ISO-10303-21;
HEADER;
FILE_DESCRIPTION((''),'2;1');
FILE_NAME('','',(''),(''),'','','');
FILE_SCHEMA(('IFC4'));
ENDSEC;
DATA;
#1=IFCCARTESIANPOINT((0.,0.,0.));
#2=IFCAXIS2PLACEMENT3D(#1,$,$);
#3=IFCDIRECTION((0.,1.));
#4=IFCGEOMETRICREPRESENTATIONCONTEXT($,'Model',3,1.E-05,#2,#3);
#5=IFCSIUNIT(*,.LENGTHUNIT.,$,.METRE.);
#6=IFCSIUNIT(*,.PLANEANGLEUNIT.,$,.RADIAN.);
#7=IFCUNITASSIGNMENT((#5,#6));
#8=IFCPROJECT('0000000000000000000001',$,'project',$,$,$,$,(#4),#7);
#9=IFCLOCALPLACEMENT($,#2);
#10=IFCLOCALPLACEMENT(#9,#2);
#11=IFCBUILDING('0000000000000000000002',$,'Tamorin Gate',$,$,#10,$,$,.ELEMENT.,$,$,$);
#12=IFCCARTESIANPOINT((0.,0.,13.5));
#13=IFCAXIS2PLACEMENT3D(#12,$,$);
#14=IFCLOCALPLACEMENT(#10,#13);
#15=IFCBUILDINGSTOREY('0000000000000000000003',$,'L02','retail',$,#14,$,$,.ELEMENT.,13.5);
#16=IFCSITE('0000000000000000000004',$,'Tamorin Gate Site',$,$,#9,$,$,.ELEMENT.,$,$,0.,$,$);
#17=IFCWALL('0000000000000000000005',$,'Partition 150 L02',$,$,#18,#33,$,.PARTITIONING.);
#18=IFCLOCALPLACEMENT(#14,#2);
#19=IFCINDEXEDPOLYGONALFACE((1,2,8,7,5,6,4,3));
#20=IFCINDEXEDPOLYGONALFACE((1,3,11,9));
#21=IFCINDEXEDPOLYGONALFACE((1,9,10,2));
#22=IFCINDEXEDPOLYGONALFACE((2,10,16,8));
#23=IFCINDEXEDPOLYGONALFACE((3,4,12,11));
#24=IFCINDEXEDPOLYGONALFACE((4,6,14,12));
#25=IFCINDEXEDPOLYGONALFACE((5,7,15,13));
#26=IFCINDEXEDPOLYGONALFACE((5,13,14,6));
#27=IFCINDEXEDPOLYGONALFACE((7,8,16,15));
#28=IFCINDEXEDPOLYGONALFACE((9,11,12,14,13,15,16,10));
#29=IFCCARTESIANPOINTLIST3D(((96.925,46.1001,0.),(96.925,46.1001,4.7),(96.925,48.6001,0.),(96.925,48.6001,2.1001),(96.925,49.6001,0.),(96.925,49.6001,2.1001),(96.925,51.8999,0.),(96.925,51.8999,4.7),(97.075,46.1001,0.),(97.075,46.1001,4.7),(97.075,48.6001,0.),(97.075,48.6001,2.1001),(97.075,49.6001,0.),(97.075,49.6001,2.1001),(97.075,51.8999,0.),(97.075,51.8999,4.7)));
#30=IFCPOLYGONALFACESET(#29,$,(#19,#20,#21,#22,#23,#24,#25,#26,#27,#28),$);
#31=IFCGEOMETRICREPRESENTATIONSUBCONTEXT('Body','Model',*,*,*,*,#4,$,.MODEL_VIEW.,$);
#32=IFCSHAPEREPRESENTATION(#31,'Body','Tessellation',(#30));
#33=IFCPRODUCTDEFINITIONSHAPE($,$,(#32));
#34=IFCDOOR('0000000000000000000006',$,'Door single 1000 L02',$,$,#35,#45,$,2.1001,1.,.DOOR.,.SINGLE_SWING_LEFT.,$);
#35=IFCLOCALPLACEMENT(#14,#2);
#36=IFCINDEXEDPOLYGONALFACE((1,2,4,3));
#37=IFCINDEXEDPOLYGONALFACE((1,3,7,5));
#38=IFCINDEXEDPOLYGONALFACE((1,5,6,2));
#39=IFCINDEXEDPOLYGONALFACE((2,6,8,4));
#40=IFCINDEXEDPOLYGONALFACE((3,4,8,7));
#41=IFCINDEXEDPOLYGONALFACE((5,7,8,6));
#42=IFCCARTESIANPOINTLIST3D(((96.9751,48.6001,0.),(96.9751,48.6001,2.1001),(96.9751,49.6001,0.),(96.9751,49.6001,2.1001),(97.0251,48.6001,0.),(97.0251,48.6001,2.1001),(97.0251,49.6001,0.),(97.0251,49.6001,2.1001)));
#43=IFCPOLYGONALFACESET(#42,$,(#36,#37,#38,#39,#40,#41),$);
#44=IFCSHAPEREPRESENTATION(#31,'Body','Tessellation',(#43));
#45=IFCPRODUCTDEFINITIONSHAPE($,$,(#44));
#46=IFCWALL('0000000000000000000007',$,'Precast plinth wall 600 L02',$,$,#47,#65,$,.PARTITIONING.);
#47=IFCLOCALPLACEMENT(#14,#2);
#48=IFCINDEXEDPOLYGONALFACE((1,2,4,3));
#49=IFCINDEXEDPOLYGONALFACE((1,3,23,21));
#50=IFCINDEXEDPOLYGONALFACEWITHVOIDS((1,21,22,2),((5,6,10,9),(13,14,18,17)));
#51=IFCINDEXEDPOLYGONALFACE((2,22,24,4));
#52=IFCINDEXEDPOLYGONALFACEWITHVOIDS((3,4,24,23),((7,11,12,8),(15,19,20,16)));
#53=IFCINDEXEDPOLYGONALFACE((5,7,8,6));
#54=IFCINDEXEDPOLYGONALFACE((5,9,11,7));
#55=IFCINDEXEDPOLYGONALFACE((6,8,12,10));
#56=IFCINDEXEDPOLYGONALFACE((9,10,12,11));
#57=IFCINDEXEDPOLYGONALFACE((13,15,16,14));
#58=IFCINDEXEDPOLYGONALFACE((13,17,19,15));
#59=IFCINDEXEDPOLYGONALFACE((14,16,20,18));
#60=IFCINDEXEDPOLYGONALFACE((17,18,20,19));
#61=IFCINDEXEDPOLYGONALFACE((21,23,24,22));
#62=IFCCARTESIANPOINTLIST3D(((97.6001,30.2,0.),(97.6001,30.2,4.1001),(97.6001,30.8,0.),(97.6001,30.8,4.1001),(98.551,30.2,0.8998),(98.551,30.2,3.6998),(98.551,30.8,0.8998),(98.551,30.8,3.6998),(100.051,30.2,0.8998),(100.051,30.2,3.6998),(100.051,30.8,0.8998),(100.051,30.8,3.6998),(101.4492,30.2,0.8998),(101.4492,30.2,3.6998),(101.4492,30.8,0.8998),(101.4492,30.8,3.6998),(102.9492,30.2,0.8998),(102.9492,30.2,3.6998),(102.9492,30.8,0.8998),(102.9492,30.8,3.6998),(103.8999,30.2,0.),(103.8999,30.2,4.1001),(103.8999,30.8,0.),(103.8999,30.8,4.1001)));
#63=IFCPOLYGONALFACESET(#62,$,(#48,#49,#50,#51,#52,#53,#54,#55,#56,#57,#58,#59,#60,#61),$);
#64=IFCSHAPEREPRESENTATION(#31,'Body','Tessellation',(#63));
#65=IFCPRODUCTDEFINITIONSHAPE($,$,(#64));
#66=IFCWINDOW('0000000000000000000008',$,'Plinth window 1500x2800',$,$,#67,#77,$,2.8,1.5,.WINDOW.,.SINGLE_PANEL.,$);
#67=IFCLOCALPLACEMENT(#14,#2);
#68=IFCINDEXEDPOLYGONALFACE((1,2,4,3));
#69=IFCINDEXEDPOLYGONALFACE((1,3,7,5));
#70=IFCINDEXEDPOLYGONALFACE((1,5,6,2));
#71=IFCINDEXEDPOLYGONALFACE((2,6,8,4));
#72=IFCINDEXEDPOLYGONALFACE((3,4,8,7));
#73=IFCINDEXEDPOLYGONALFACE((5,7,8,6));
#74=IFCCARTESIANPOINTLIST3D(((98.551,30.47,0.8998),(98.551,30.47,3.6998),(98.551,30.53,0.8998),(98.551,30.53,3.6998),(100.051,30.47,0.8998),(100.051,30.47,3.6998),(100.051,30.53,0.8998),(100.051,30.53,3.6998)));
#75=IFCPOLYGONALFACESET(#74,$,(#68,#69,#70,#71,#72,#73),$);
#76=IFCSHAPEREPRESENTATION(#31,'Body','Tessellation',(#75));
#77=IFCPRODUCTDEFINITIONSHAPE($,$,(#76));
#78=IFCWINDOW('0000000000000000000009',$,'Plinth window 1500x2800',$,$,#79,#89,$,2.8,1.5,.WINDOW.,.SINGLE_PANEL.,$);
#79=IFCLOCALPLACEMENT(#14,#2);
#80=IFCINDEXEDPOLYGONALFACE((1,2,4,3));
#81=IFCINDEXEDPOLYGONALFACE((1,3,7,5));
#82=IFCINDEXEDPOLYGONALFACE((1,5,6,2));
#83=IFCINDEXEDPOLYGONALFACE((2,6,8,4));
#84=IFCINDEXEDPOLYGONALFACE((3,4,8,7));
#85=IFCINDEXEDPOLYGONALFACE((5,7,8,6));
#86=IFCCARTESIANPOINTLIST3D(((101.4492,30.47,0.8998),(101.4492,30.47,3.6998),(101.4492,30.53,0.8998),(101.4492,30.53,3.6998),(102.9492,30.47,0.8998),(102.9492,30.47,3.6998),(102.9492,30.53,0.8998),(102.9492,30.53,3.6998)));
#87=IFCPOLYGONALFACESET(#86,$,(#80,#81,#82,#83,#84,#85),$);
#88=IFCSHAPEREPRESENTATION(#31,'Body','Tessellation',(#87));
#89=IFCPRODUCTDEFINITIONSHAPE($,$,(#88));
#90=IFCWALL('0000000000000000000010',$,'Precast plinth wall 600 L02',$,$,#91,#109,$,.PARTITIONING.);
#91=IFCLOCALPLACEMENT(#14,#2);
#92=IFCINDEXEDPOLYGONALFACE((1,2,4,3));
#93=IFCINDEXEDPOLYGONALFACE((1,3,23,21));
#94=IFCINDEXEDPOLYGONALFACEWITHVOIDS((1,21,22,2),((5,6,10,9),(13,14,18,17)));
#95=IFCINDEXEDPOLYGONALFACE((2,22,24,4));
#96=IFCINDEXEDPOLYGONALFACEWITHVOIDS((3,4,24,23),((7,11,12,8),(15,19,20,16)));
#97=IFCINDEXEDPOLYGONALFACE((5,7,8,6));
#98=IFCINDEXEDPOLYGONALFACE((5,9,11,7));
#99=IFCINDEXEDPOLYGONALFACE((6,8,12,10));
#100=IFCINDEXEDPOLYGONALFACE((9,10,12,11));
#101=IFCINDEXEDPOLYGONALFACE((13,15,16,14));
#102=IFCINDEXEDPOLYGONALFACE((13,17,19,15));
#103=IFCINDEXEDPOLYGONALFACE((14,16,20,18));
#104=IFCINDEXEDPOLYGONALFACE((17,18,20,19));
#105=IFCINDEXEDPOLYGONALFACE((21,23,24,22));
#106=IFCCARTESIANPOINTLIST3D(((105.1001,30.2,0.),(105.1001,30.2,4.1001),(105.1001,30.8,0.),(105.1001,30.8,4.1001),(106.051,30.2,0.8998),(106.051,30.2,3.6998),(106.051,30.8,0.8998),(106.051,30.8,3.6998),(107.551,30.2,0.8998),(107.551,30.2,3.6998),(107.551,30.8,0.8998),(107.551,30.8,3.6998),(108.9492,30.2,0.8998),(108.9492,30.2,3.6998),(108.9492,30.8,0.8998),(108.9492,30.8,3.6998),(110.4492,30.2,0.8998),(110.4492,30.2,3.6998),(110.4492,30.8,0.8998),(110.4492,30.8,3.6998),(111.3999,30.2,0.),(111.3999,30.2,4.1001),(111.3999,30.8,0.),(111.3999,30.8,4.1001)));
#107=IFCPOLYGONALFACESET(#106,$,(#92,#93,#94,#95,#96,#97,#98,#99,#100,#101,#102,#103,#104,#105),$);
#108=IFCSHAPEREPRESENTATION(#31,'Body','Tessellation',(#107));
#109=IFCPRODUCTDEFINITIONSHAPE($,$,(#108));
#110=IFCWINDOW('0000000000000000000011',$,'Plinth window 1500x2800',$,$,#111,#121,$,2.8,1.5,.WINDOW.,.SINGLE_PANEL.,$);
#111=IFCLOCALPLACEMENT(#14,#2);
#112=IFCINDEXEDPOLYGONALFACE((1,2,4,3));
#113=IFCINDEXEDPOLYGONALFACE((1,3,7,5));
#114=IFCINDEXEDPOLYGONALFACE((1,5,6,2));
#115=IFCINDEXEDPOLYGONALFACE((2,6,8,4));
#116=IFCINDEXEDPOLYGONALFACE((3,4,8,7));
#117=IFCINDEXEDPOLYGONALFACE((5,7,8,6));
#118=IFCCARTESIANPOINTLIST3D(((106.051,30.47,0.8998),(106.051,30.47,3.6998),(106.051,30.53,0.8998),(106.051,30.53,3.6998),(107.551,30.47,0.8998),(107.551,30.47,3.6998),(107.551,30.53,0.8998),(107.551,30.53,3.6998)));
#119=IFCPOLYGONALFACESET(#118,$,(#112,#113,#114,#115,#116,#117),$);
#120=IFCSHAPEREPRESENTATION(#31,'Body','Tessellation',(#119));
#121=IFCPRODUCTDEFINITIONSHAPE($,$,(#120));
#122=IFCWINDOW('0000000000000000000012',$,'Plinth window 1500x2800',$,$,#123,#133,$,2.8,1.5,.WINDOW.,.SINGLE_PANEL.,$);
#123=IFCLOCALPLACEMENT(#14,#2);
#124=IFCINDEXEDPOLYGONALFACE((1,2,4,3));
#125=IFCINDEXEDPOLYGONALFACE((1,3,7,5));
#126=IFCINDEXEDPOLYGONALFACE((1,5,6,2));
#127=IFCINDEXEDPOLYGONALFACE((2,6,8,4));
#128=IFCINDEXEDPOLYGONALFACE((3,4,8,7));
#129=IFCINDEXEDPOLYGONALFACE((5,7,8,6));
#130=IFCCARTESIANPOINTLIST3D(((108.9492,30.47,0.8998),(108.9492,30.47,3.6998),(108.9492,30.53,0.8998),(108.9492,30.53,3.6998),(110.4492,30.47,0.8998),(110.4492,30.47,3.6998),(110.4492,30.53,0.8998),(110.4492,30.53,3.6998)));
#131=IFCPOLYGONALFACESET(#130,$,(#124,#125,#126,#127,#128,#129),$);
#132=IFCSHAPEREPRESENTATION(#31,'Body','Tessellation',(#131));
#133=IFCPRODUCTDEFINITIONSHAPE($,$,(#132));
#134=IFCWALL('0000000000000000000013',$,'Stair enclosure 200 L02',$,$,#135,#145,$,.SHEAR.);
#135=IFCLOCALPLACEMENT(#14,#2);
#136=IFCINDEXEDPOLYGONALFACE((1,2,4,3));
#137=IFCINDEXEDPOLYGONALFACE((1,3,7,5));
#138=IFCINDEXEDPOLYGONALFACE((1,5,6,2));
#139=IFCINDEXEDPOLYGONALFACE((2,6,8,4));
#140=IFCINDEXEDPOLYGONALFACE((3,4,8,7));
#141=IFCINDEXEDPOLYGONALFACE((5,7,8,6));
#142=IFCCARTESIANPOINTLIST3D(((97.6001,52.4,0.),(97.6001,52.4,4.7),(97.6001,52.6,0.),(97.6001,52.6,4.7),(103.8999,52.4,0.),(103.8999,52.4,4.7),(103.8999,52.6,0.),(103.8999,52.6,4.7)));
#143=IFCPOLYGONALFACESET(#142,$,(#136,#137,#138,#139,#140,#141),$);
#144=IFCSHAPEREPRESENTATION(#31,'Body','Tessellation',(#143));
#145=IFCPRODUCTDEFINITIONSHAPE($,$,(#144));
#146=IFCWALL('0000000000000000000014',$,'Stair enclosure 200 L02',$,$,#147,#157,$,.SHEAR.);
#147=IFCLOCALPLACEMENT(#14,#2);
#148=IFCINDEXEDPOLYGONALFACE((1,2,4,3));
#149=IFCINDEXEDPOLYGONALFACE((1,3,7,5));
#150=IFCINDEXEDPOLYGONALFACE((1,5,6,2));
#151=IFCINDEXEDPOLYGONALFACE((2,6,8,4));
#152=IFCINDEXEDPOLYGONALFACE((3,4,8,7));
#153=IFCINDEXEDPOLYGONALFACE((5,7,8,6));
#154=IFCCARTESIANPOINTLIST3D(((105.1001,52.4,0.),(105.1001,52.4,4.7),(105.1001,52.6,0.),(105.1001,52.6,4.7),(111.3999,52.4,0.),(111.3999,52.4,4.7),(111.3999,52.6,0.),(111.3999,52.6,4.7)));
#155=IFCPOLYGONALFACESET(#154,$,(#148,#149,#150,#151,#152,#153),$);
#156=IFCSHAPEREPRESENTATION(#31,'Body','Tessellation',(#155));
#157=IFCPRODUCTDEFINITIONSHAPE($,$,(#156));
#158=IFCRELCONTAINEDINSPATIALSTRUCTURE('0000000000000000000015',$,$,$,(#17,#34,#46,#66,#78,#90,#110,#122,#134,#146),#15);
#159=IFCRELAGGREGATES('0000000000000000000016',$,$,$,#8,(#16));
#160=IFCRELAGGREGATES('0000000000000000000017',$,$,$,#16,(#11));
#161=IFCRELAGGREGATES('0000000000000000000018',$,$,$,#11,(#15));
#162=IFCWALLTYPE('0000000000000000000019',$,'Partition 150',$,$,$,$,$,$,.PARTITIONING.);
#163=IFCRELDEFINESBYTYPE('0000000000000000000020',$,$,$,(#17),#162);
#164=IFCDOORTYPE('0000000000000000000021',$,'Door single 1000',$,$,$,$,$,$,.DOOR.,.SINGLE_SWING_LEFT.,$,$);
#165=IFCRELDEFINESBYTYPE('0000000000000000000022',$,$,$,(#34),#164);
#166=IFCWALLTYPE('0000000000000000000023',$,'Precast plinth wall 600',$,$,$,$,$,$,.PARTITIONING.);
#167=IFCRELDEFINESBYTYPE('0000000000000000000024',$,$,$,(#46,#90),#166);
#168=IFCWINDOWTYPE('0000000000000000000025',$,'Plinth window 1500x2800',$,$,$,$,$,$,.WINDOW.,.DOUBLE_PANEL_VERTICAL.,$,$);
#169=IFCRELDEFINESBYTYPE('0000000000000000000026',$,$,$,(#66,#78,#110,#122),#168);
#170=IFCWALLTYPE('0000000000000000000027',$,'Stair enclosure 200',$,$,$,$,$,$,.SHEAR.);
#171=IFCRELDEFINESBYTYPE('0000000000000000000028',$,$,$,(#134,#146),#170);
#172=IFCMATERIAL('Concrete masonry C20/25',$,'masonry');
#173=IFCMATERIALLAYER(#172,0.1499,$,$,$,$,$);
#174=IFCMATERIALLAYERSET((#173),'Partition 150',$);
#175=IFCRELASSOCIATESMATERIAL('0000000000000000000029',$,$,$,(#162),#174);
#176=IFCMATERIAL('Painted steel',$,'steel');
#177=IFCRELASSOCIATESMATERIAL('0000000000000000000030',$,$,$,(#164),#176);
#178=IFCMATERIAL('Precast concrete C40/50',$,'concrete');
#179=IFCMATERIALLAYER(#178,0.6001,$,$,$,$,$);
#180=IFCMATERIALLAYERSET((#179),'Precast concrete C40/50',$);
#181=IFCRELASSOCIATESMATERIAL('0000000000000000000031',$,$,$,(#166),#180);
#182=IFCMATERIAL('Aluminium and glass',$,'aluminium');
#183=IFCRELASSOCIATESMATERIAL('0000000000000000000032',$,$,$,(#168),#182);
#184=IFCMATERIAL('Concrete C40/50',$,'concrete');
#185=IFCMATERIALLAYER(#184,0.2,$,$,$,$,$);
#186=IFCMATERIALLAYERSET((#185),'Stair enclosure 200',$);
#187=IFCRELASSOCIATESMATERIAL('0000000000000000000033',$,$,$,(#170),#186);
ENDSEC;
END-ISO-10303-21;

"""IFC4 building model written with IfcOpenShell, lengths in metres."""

from ifc_helpers import new_model, si_unit, direction, frame, frame_2d, origin, place, context, subcontext, project, spatial, rectangle, extrude, material, layer, layer_set, type_object, element, fill, save


model = new_model("IFC4")

# Units and contexts
model_context = context("Model", 3, precision=1e-05, world=origin(), true_north=direction((0.0, 1.0)))
body_context = subcontext(model_context, "Body", "Model", "MODEL_VIEW")
ifc_project = project(units=[si_unit("LENGTHUNIT", "METRE"), si_unit("PLANEANGLEUNIT", "RADIAN")], contexts=[model_context])

# Site, building, storey
site_placement = place(None, origin())
site = spatial("IfcSite", under=ifc_project, at=site_placement, Name="Tamorin Gate Site", CompositionType="ELEMENT", RefElevation=0.0)
building_placement = place(site_placement, origin())
building = spatial("IfcBuilding", under=site, at=building_placement, Name="Tamorin Gate", CompositionType="ELEMENT")
storey_placement = place(building_placement, frame((0.0, 0.0, 13.5)))
storey = spatial("IfcBuildingStorey", under=building, at=storey_placement, Name="L02", Description="retail", CompositionType="ELEMENT", Elevation=13.5)

# Shared definitions
ifc_material_1 = material(Name="Concrete masonry C20/25", Category="masonry")
ifc_layer_1 = layer(ifc_material_1, 0.1499)
ifc_layer_set_1 = layer_set([ifc_layer_1], Name="Partition 150")
wall_type_1 = type_object("IfcWallType", Name="Partition 150", PredefinedType="PARTITIONING", material=ifc_layer_set_1)

# Wall, opening, door
wall_1_placement = place(storey_placement, frame((97.0, 46.1001, 0.0), z_axis=(0.0, 0.0, 1.0), x_axis=(0.0, 1.0, 0.0)))
wall_1 = element("IfcWall", 1, at=wall_1_placement, inside=storey, type_object=wall_type_1, Name="Partition 150 L02", PredefinedType="PARTITIONING", context=body_context, shape_type="SweptSolid", body=[
    extrude(rectangle(XDim=5.7998, YDim=0.1499, at=frame_2d((2.8999, 0.0))), origin(), (0.0, 0.0, 1.0), 4.7),
])
opening_1_placement = place(wall_1_placement, frame((2.5, 0.0, 0.0)))
opening_1 = element("IfcOpeningElement", 2, at=opening_1_placement, cuts=wall_1, PredefinedType="OPENING", context=body_context, shape_type="SweptSolid", body=[
    extrude(rectangle(XDim=1.0, YDim=2.1001, at=frame_2d((0.5, 1.05))), frame((0.0, 0.085, 0.0), z_axis=(0.0, -1.0, 0.0), x_axis=(1.0, 0.0, 0.0)), (0.0, 0.0, 1.0), 0.1699),
])
ifc_material_2 = material(Name="Painted steel", Category="steel")
door_type_1 = type_object("IfcDoorType", Name="Door single 1000", OperationType="SINGLE_SWING_LEFT", PredefinedType="DOOR", material=ifc_material_2)
door_1_placement = place(opening_1_placement, origin())
door_1 = element("IfcDoor", 3, at=door_1_placement, inside=storey, type_object=door_type_1, Name="Door single 1000 L02", OperationType="SINGLE_SWING_LEFT", OverallHeight=2.1001, OverallWidth=1.0, PredefinedType="DOOR", context=body_context, shape_type="SweptSolid", body=[
    extrude(rectangle(XDim=1.0, YDim=2.1001, at=frame_2d((0.5, 1.05))), frame((0.0, 0.0249, 0.0), z_axis=(0.0, -1.0, 0.0), x_axis=(1.0, 0.0, 0.0)), (0.0, 0.0, 1.0), 0.05),
])
fill(opening_1, door_1)

# Walls, openings, windows
ifc_material_3 = material(Name="Precast concrete C40/50", Category="concrete")
ifc_layer_2 = layer(ifc_material_3, 0.6001)
ifc_layer_set_2 = layer_set([ifc_layer_2], Name="Precast concrete C40/50")
wall_type_2 = type_object("IfcWallType", Name="Precast plinth wall 600", PredefinedType="PARTITIONING", material=ifc_layer_set_2)
wall_2_placement = place(storey_placement, frame((97.6001, 30.5, 0.0), z_axis=(0.0, 0.0, 1.0), x_axis=(1.0, 0.0, 0.0)))
wall_2 = element("IfcWall", 4, at=wall_2_placement, inside=storey, type_object=wall_type_2, Name="Precast plinth wall 600 L02", PredefinedType="PARTITIONING", context=body_context, shape_type="SweptSolid", body=[
    extrude(rectangle(XDim=6.2998, YDim=0.6001, at=frame_2d((3.1499, 0.0))), origin(), (0.0, 0.0, 1.0), 4.1001),
])
opening_2_placement = place(wall_2_placement, frame((0.9509, 0.0, 0.8999)))
opening_2 = element("IfcOpeningElement", 5, at=opening_2_placement, cuts=wall_2, PredefinedType="OPENING", context=body_context, shape_type="SweptSolid", body=[
    extrude(rectangle(XDim=1.5, YDim=2.8, at=frame_2d((0.75, 1.3999))), frame((0.0, 0.3101, 0.0), z_axis=(0.0, -1.0, 0.0), x_axis=(1.0, 0.0, 0.0)), (0.0, 0.0, 1.0), 0.6201),
])
opening_3_placement = place(wall_2_placement, frame((3.8491, 0.0, 0.8999)))
opening_3 = element("IfcOpeningElement", 6, at=opening_3_placement, cuts=wall_2, PredefinedType="OPENING", context=body_context, shape_type="SweptSolid", body=[
    extrude(rectangle(XDim=1.5, YDim=2.8, at=frame_2d((0.75, 1.3999))), frame((0.0, 0.3101, 0.0), z_axis=(0.0, -1.0, 0.0), x_axis=(1.0, 0.0, 0.0)), (0.0, 0.0, 1.0), 0.6201),
])
ifc_material_4 = material(Name="Aluminium and glass", Category="aluminium")
window_type = type_object("IfcWindowType", Name="Plinth window 1500x2800", PartitioningType="DOUBLE_PANEL_VERTICAL", PredefinedType="WINDOW", material=ifc_material_4)
window_1_placement = place(opening_2_placement, origin())
window_1 = element("IfcWindow", 7, at=window_1_placement, inside=storey, type_object=window_type, Name="Plinth window 1500x2800", OverallHeight=2.8, OverallWidth=1.5, PartitioningType="SINGLE_PANEL", PredefinedType="WINDOW", context=body_context, shape_type="SweptSolid", body=[
    extrude(rectangle(XDim=1.5, YDim=2.8, at=frame_2d((0.75, 1.3999))), frame((0.0, 0.03, 0.0), z_axis=(0.0, -1.0, 0.0), x_axis=(1.0, 0.0, 0.0)), (0.0, 0.0, 1.0), 0.0601),
])
fill(opening_2, window_1)
window_2_placement = place(opening_3_placement, origin())
window_2 = element("IfcWindow", 8, at=window_2_placement, inside=storey, type_object=window_type, Name="Plinth window 1500x2800", OverallHeight=2.8, OverallWidth=1.5, PartitioningType="SINGLE_PANEL", PredefinedType="WINDOW", context=body_context, shape_type="SweptSolid", body=[
    extrude(rectangle(XDim=1.5, YDim=2.8, at=frame_2d((0.75, 1.3999))), frame((0.0, 0.03, 0.0), z_axis=(0.0, -1.0, 0.0), x_axis=(1.0, 0.0, 0.0)), (0.0, 0.0, 1.0), 0.0601),
])
fill(opening_3, window_2)
wall_3_placement = place(storey_placement, frame((105.1001, 30.5, 0.0), z_axis=(0.0, 0.0, 1.0), x_axis=(1.0, 0.0, 0.0)))
wall_3 = element("IfcWall", 9, at=wall_3_placement, inside=storey, type_object=wall_type_2, Name="Precast plinth wall 600 L02", PredefinedType="PARTITIONING", context=body_context, shape_type="SweptSolid", body=[
    extrude(rectangle(XDim=6.2998, YDim=0.6001, at=frame_2d((3.1499, 0.0))), origin(), (0.0, 0.0, 1.0), 4.1001),
])
opening_4_placement = place(wall_3_placement, frame((0.9509, 0.0, 0.8999)))
opening_4 = element("IfcOpeningElement", 10, at=opening_4_placement, cuts=wall_3, PredefinedType="OPENING", context=body_context, shape_type="SweptSolid", body=[
    extrude(rectangle(XDim=1.5, YDim=2.8, at=frame_2d((0.75, 1.3999))), frame((0.0, 0.3101, 0.0), z_axis=(0.0, -1.0, 0.0), x_axis=(1.0, 0.0, 0.0)), (0.0, 0.0, 1.0), 0.6201),
])
opening_5_placement = place(wall_3_placement, frame((3.8491, 0.0, 0.8999)))
opening_5 = element("IfcOpeningElement", 11, at=opening_5_placement, cuts=wall_3, PredefinedType="OPENING", context=body_context, shape_type="SweptSolid", body=[
    extrude(rectangle(XDim=1.5, YDim=2.8, at=frame_2d((0.75, 1.3999))), frame((0.0, 0.3101, 0.0), z_axis=(0.0, -1.0, 0.0), x_axis=(1.0, 0.0, 0.0)), (0.0, 0.0, 1.0), 0.6201),
])
window_3_placement = place(opening_4_placement, origin())
window_3 = element("IfcWindow", 12, at=window_3_placement, inside=storey, type_object=window_type, Name="Plinth window 1500x2800", OverallHeight=2.8, OverallWidth=1.5, PartitioningType="SINGLE_PANEL", PredefinedType="WINDOW", context=body_context, shape_type="SweptSolid", body=[
    extrude(rectangle(XDim=1.5, YDim=2.8, at=frame_2d((0.75, 1.3999))), frame((0.0, 0.03, 0.0), z_axis=(0.0, -1.0, 0.0), x_axis=(1.0, 0.0, 0.0)), (0.0, 0.0, 1.0), 0.0601),
])
fill(opening_4, window_3)
window_4_placement = place(opening_5_placement, origin())
window_4 = element("IfcWindow", 13, at=window_4_placement, inside=storey, type_object=window_type, Name="Plinth window 1500x2800", OverallHeight=2.8, OverallWidth=1.5, PartitioningType="SINGLE_PANEL", PredefinedType="WINDOW", context=body_context, shape_type="SweptSolid", body=[
    extrude(rectangle(XDim=1.5, YDim=2.8, at=frame_2d((0.75, 1.3999))), frame((0.0, 0.03, 0.0), z_axis=(0.0, -1.0, 0.0), x_axis=(1.0, 0.0, 0.0)), (0.0, 0.0, 1.0), 0.0601),
])
fill(opening_5, window_4)

# Walls
ifc_material_5 = material(Name="Concrete C40/50", Category="concrete")
ifc_layer_3 = layer(ifc_material_5, 0.2)
ifc_layer_set_3 = layer_set([ifc_layer_3], Name="Stair enclosure 200")
wall_type_3 = type_object("IfcWallType", Name="Stair enclosure 200", PredefinedType="SHEAR", material=ifc_layer_set_3)
for number, where, z_axis, x_axis, name in (
    (14, (97.6001, 52.5, 0.0), (0.0, 0.0, 1.0), (1.0, 0.0, 0.0), "Stair enclosure 200 L02"),
    (15, (105.1001, 52.5, 0.0), (0.0, 0.0, 1.0), (1.0, 0.0, 0.0), "Stair enclosure 200 L02"),
):
    element("IfcWall", number, at=place(storey_placement, frame(where, z_axis=z_axis, x_axis=x_axis)), inside=storey, type_object=wall_type_3, Name=name, PredefinedType="SHEAR", context=body_context, shape_type="SweptSolid", body=[
        extrude(rectangle(XDim=6.2998, YDim=0.2, at=frame_2d((3.1499, 0.0))), origin(), (0.0, 0.0, 1.0), 4.7),
    ])

save(model, "model.ifc")
